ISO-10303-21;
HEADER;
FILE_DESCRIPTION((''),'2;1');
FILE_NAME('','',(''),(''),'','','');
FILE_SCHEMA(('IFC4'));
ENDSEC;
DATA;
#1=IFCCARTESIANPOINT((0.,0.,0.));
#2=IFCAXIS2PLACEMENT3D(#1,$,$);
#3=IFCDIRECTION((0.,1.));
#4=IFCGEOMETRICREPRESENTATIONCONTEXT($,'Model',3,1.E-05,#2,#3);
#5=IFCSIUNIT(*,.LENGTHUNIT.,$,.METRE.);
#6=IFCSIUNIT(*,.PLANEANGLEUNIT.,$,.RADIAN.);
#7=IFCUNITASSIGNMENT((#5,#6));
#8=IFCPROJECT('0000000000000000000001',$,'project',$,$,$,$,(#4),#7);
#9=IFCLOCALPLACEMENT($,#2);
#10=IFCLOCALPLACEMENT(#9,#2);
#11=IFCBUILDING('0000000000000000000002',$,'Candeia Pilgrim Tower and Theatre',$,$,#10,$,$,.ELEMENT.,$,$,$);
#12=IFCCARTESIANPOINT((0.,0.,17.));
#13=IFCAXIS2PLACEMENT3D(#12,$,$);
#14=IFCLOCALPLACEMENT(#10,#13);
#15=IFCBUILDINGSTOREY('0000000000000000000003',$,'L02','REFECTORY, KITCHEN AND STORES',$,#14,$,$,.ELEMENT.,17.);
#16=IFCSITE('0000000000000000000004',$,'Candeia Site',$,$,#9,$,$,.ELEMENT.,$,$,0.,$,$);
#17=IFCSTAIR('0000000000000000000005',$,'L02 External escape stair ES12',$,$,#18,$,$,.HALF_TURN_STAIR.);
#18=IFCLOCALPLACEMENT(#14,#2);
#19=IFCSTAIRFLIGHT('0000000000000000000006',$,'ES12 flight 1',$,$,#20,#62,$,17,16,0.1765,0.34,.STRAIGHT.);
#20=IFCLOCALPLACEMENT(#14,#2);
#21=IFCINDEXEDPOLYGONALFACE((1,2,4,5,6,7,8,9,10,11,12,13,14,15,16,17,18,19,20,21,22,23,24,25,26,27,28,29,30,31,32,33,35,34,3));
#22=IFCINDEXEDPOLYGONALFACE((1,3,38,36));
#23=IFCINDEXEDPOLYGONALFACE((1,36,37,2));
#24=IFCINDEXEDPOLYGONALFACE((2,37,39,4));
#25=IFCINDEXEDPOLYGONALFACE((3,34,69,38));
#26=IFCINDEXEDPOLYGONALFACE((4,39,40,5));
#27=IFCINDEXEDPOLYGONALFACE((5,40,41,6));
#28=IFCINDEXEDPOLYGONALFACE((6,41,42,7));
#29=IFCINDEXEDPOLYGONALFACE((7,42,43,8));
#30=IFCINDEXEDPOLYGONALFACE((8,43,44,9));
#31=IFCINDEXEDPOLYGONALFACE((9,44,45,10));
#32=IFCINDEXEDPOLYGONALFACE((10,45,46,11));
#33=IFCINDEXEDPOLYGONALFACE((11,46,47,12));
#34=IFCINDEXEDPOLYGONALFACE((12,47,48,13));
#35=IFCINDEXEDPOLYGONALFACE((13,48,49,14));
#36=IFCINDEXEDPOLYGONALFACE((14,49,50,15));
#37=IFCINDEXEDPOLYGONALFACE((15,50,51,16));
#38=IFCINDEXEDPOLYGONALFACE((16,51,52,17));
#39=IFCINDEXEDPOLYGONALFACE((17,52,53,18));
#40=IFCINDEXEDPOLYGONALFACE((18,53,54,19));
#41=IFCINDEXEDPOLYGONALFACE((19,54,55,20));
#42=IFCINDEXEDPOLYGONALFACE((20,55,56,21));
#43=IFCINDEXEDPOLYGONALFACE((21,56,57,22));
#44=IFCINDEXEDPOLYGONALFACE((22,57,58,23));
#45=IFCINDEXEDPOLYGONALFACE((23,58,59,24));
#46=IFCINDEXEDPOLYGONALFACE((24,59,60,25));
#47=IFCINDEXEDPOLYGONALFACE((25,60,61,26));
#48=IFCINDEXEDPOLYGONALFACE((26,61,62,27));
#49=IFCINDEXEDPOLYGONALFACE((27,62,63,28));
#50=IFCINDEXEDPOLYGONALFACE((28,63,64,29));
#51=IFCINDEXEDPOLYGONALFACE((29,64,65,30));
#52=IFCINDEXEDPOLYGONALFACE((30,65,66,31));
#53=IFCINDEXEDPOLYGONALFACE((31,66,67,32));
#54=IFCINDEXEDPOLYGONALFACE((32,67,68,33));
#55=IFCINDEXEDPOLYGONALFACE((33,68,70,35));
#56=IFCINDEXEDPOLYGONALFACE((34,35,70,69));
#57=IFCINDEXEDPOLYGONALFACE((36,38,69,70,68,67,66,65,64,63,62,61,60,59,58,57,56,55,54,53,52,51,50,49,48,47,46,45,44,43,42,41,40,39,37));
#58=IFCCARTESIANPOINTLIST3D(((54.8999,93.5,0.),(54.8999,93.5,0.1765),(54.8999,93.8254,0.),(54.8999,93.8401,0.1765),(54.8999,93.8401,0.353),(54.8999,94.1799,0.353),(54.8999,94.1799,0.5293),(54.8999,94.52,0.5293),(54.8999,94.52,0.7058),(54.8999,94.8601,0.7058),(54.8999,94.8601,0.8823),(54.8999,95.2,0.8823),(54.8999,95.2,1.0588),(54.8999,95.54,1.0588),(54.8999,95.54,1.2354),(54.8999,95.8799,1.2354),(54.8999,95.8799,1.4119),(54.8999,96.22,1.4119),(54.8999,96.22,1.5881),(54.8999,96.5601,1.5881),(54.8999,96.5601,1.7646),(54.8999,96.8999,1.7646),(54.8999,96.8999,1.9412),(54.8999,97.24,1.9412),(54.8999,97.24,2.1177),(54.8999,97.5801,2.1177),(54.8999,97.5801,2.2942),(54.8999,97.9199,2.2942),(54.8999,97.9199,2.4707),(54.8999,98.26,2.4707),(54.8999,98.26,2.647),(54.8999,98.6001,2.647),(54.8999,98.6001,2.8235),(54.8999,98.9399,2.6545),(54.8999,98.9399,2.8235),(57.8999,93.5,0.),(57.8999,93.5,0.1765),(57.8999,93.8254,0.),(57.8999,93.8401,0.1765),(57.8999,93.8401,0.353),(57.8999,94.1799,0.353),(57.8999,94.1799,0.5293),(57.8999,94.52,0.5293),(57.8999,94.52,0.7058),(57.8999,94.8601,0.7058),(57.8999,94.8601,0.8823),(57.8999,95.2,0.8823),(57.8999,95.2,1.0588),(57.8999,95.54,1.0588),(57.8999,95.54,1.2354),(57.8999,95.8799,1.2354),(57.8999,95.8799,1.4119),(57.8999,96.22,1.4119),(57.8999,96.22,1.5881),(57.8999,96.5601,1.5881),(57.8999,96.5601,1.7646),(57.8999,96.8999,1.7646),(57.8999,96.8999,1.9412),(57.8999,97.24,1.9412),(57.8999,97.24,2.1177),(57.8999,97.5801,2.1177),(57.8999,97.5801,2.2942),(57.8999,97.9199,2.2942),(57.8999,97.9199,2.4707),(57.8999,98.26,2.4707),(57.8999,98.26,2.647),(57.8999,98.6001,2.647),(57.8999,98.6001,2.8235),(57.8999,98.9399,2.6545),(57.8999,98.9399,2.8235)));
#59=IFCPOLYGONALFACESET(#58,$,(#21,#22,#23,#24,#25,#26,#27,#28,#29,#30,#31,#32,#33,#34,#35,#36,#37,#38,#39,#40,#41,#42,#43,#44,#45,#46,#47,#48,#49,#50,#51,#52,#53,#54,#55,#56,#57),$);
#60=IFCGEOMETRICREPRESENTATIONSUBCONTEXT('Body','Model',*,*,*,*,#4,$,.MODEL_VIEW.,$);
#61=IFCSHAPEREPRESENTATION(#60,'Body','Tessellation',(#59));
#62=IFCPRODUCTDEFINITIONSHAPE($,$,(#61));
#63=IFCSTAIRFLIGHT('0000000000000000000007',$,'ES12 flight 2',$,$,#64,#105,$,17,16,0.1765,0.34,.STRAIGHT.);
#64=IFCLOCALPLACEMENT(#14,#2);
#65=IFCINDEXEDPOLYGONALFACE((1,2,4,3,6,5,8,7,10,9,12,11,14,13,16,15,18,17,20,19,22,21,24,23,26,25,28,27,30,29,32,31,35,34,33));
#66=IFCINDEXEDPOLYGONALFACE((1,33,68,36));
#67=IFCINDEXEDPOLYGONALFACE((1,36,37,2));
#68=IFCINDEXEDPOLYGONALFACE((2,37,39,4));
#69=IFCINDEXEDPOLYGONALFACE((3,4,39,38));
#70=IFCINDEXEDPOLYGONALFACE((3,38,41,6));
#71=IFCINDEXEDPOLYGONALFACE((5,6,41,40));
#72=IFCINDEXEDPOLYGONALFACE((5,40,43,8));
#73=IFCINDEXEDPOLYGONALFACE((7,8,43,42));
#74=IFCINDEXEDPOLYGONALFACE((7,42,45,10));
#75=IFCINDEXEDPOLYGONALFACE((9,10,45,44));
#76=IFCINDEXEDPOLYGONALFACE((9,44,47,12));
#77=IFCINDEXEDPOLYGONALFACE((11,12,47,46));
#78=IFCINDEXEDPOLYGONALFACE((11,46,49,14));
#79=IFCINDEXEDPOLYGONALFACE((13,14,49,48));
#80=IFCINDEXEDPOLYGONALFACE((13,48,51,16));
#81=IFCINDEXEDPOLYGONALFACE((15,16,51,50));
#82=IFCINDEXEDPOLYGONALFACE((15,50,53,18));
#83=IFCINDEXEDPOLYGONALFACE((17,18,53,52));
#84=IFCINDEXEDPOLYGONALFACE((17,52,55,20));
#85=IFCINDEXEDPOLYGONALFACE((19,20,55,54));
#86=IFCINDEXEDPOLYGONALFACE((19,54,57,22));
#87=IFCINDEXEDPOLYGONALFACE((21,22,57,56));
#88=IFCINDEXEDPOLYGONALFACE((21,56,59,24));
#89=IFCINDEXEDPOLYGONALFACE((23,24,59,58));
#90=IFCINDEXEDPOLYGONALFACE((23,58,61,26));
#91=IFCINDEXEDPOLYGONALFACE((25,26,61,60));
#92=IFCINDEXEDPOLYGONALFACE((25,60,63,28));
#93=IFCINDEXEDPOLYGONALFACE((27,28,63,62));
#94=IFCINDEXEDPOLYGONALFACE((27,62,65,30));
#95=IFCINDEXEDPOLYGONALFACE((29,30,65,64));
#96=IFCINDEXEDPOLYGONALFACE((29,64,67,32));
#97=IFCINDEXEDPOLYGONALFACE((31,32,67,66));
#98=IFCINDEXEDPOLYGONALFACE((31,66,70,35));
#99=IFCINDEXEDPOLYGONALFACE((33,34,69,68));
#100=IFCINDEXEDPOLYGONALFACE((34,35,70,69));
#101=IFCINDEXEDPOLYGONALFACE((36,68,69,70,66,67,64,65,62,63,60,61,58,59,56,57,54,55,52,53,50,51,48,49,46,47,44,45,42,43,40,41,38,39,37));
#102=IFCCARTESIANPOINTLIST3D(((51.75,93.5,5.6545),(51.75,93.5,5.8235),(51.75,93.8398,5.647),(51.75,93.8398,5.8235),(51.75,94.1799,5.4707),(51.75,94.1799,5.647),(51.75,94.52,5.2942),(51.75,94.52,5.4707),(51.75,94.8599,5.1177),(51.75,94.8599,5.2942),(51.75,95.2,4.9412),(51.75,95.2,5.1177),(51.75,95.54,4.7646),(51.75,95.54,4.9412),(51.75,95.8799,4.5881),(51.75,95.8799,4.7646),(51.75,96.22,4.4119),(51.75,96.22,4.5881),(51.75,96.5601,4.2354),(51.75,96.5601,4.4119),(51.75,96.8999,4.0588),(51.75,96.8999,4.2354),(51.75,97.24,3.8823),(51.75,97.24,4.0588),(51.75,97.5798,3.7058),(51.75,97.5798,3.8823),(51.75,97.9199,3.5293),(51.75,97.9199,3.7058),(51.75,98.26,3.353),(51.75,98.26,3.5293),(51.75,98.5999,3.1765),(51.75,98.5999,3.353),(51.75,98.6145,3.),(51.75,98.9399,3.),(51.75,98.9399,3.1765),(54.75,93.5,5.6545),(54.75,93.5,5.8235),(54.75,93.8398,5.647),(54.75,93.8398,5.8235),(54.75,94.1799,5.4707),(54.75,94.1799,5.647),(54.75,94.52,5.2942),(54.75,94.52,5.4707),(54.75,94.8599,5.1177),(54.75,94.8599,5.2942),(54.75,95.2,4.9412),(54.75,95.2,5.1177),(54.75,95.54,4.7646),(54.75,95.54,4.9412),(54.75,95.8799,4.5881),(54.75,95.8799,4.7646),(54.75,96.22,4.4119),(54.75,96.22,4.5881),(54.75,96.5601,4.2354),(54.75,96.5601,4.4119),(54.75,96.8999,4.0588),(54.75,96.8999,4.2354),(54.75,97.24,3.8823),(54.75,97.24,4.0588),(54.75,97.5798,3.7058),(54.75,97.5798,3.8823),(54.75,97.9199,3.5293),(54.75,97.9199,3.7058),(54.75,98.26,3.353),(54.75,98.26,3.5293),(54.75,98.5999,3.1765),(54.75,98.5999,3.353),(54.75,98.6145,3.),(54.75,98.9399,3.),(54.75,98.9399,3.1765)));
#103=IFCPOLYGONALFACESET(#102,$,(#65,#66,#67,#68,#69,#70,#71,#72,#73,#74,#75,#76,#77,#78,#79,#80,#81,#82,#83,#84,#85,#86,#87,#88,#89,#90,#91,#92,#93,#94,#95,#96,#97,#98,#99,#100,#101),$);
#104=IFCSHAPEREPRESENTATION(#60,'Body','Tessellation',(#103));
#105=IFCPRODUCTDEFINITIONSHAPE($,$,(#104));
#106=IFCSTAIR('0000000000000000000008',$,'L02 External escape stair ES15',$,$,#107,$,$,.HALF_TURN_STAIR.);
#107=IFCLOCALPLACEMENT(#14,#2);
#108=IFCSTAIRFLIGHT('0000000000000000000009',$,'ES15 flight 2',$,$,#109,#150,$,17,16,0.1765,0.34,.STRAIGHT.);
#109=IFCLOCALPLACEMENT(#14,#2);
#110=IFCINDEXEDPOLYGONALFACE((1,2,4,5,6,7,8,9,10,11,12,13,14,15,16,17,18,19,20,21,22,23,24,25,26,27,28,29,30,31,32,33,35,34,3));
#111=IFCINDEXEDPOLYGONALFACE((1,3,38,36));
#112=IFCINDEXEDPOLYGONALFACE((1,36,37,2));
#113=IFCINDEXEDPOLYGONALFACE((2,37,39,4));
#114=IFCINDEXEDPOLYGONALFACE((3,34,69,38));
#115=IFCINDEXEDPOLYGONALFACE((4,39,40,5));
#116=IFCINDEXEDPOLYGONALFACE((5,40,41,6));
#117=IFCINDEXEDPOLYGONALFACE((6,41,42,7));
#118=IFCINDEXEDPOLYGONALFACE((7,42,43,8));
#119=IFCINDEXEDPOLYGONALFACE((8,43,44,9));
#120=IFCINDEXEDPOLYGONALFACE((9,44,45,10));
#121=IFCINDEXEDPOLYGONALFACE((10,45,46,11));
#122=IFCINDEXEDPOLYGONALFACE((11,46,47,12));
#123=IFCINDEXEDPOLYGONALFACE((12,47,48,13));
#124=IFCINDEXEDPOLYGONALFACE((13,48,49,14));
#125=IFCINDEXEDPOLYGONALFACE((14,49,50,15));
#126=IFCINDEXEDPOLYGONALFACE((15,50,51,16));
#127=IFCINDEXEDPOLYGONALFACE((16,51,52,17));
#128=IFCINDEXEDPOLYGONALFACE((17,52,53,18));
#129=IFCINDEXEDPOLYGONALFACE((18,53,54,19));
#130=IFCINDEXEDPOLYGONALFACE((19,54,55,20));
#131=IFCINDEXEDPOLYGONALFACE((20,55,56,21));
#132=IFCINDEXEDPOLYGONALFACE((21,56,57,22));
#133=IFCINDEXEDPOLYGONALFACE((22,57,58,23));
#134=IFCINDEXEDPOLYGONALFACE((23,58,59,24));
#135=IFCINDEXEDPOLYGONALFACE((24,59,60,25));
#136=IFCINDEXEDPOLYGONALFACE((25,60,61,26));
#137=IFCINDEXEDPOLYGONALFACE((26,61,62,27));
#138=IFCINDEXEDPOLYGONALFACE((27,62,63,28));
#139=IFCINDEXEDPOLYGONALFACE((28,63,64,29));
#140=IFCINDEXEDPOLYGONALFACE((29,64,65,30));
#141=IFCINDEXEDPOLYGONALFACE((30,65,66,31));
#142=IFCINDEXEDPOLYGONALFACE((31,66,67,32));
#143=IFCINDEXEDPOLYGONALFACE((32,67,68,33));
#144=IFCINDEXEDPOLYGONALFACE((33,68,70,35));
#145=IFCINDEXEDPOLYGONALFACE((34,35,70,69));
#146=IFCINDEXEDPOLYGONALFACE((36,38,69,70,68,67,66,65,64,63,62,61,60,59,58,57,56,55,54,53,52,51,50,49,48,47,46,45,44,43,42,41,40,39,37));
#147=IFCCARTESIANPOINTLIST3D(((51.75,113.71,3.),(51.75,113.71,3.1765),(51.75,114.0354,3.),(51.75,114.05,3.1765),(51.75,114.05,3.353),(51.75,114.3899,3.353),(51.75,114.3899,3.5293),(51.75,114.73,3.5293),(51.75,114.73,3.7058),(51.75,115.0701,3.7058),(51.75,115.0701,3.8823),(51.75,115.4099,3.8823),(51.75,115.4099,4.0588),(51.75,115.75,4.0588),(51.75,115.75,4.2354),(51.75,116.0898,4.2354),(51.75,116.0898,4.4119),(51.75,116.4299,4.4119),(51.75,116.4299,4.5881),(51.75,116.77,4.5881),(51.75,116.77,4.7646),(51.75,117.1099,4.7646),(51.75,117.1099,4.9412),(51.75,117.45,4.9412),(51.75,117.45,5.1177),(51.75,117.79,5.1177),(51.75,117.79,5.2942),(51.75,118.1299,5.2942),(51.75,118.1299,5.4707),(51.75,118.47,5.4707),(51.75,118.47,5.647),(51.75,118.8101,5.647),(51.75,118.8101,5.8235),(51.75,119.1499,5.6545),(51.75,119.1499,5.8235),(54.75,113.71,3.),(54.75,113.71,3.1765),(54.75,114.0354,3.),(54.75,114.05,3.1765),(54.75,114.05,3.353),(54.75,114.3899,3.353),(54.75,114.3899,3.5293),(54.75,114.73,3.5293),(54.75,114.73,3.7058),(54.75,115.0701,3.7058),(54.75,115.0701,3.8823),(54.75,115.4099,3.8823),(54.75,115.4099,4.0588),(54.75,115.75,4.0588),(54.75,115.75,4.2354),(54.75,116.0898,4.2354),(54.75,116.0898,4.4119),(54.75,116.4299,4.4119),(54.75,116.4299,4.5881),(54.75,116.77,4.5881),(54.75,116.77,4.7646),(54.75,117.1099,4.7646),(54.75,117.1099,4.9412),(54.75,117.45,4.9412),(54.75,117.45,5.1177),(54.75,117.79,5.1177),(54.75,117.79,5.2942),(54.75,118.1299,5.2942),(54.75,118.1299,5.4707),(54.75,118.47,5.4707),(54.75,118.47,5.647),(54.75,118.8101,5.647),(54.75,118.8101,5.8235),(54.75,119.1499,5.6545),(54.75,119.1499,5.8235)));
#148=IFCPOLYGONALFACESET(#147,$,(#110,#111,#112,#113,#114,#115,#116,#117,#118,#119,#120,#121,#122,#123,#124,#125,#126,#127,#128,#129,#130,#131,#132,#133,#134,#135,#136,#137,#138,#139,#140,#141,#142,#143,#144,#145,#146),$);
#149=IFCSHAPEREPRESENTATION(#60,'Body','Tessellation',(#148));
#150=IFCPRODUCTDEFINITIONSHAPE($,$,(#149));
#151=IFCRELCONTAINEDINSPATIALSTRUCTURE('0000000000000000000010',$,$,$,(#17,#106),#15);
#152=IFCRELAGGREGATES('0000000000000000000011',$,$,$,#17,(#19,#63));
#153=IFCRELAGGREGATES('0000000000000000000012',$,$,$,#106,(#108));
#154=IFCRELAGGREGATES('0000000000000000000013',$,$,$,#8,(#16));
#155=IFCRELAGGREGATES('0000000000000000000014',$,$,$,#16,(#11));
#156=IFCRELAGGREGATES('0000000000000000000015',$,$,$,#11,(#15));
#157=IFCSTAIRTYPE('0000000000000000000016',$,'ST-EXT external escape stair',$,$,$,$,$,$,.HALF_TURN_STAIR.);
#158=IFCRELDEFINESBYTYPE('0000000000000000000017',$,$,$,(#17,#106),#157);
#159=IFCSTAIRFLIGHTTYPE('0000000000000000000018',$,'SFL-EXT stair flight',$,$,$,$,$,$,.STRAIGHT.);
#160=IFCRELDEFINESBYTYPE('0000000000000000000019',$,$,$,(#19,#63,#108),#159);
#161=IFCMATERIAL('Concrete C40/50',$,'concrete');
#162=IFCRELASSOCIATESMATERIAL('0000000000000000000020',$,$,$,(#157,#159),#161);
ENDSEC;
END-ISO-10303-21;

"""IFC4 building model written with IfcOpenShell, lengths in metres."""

from ifc_helpers import new_model, si_unit, direction, frame, origin, place, context, subcontext, project, spatial, polyline, outline, extrude, material, type_object, element, aggregate, save


model = new_model("IFC4")

# Units and contexts
model_context = context("Model", 3, precision=1e-05, world=origin(), true_north=direction((0.0, 1.0)))
body_context = subcontext(model_context, "Body", "Model", "MODEL_VIEW")
ifc_project = project(units=[si_unit("LENGTHUNIT", "METRE"), si_unit("PLANEANGLEUNIT", "RADIAN")], contexts=[model_context])

# Site, building, storey
site_placement = place(None, origin())
site = spatial("IfcSite", under=ifc_project, at=site_placement, Name="Candeia Site", CompositionType="ELEMENT", RefElevation=0.0)
building_placement = place(site_placement, origin())
building = spatial("IfcBuilding", under=site, at=building_placement, Name="Candeia Pilgrim Tower and Theatre", CompositionType="ELEMENT")
storey_placement = place(building_placement, frame((0.0, 0.0, 17.0)))
storey = spatial("IfcBuildingStorey", under=building, at=storey_placement, Name="L02", Description="REFECTORY, KITCHEN AND STORES", CompositionType="ELEMENT", Elevation=17.0)

# Shared definitions
ifc_material_1 = material(Name="Concrete C40/50", Category="concrete")

# Shared definitions
stair_type = type_object("IfcStairType", Name="ST-EXT external escape stair", PredefinedType="HALF_TURN_STAIR", material=ifc_material_1)
stair_flight_type = type_object("IfcStairFlightType", Name="SFL-EXT stair flight", PredefinedType="STRAIGHT", material=ifc_material_1)

# Stair, stair flights
stair_1_placement = place(storey_placement, origin())
stair_1 = element("IfcStair", 1, at=stair_1_placement, inside=storey, type_object=stair_type, Name="L02 External escape stair ES12", PredefinedType="HALF_TURN_STAIR")
stair_flight_1_placement = place(storey_placement, frame((56.3999, 93.5, 0.0), z_axis=(0.0, 0.0, 1.0), x_axis=(0.0, 1.0, 0.0)))
stair_flight_1 = element("IfcStairFlight", 2, at=stair_flight_1_placement, type_object=stair_flight_type, Name="ES12 flight 1", NumberOfRisers=17, NumberOfTreads=16, PredefinedType="STRAIGHT", RiserHeight=0.1765, TreadLength=0.34, context=body_context, shape_type="SweptSolid", body=[
    extrude(outline(polyline([(0.0, 0.0), (0.0, 0.1765), (0.3401, 0.1765), (0.3401, 0.353), (0.6799, 0.353), (0.6799, 0.5293), (1.02, 0.5293), (1.02, 0.7058), (1.3601, 0.7058), (1.3601, 0.8823), (1.7, 0.8823), (1.7, 1.0588), (2.04, 1.0588), (2.04, 1.2354), (2.3799, 1.2354), (2.3799, 1.4119), (2.72, 1.4119), (2.72, 1.5881), (3.0601, 1.5881), (3.0601, 1.7646), (3.3999, 1.7646), (3.3999, 1.9412), (3.74, 1.9412), (3.74, 2.1177), (4.0801, 2.1177), (4.0801, 2.2942), (4.4199, 2.2942), (4.4199, 2.4707), (4.76, 2.4707), (4.76, 2.647), (5.1001, 2.647), (5.1001, 2.8235), (5.4399, 2.8235), (5.4399, 3.0), (5.4399, 2.6545), (0.3254, 0.0), (0.0, 0.0)])), frame((0.0, 1.5, 0.0), z_axis=(0.0, -1.0, 0.0), x_axis=(1.0, 0.0, 0.0)), (0.0, 0.0, 1.0), 3.0),
])
stair_flight_2_placement = place(storey_placement, frame((53.25, 98.9399, 3.0), z_axis=(0.0, 0.0, 1.0), x_axis=(0.0, -1.0, 0.0)))
stair_flight_2 = element("IfcStairFlight", 3, at=stair_flight_2_placement, type_object=stair_flight_type, Name="ES12 flight 2", NumberOfRisers=17, NumberOfTreads=16, PredefinedType="STRAIGHT", RiserHeight=0.1765, TreadLength=0.34, context=body_context, shape_type="SweptSolid", body=[
    extrude(outline(polyline([(0.0, 0.0), (0.0, 0.1765), (0.3401, 0.1765), (0.3401, 0.353), (0.6799, 0.353), (0.6799, 0.5293), (1.02, 0.5293), (1.02, 0.7058), (1.3601, 0.7058), (1.3601, 0.8823), (1.7, 0.8823), (1.7, 1.0588), (2.04, 1.0588), (2.04, 1.2354), (2.3799, 1.2354), (2.3799, 1.4119), (2.72, 1.4119), (2.72, 1.5881), (3.0601, 1.5881), (3.0601, 1.7646), (3.3999, 1.7646), (3.3999, 1.9412), (3.74, 1.9412), (3.74, 2.1177), (4.0801, 2.1177), (4.0801, 2.2942), (4.4199, 2.2942), (4.4199, 2.4707), (4.76, 2.4707), (4.76, 2.647), (5.1001, 2.647), (5.1001, 2.8235), (5.4399, 2.8235), (5.4399, 3.0), (5.4399, 2.6545), (0.3254, 0.0), (0.0, 0.0)])), frame((0.0, 1.5, 0.0), z_axis=(0.0, -1.0, 0.0), x_axis=(1.0, 0.0, 0.0)), (0.0, 0.0, 1.0), 3.0),
])
aggregate(stair_1, [stair_flight_1, stair_flight_2])

# Stair, stair flight
stair_2_placement = place(storey_placement, origin())
stair_2 = element("IfcStair", 4, at=stair_2_placement, inside=storey, type_object=stair_type, Name="L02 External escape stair ES15", PredefinedType="HALF_TURN_STAIR")
stair_flight_3_placement = place(storey_placement, frame((53.25, 113.71, 3.0), z_axis=(0.0, 0.0, 1.0), x_axis=(0.0, 1.0, 0.0)))
stair_flight_3 = element("IfcStairFlight", 5, at=stair_flight_3_placement, type_object=stair_flight_type, Name="ES15 flight 2", NumberOfRisers=17, NumberOfTreads=16, PredefinedType="STRAIGHT", RiserHeight=0.1765, TreadLength=0.34, context=body_context, shape_type="SweptSolid", body=[
    extrude(outline(polyline([(0.0, 0.0), (0.0, 0.1765), (0.3401, 0.1765), (0.3401, 0.353), (0.6799, 0.353), (0.6799, 0.5293), (1.02, 0.5293), (1.02, 0.7058), (1.3601, 0.7058), (1.3601, 0.8823), (1.7, 0.8823), (1.7, 1.0588), (2.04, 1.0588), (2.04, 1.2354), (2.3799, 1.2354), (2.3799, 1.4119), (2.72, 1.4119), (2.72, 1.5881), (3.0601, 1.5881), (3.0601, 1.7646), (3.3999, 1.7646), (3.3999, 1.9412), (3.74, 1.9412), (3.74, 2.1177), (4.0801, 2.1177), (4.0801, 2.2942), (4.4199, 2.2942), (4.4199, 2.4707), (4.76, 2.4707), (4.76, 2.647), (5.1001, 2.647), (5.1001, 2.8235), (5.4399, 2.8235), (5.4399, 3.0), (5.4399, 2.6545), (0.3254, 0.0), (0.0, 0.0)])), frame((0.0, 1.5, 0.0), z_axis=(0.0, -1.0, 0.0), x_axis=(1.0, 0.0, 0.0)), (0.0, 0.0, 1.0), 3.0),
])
aggregate(stair_2, [stair_flight_3])

save(model, "model.ifc")
